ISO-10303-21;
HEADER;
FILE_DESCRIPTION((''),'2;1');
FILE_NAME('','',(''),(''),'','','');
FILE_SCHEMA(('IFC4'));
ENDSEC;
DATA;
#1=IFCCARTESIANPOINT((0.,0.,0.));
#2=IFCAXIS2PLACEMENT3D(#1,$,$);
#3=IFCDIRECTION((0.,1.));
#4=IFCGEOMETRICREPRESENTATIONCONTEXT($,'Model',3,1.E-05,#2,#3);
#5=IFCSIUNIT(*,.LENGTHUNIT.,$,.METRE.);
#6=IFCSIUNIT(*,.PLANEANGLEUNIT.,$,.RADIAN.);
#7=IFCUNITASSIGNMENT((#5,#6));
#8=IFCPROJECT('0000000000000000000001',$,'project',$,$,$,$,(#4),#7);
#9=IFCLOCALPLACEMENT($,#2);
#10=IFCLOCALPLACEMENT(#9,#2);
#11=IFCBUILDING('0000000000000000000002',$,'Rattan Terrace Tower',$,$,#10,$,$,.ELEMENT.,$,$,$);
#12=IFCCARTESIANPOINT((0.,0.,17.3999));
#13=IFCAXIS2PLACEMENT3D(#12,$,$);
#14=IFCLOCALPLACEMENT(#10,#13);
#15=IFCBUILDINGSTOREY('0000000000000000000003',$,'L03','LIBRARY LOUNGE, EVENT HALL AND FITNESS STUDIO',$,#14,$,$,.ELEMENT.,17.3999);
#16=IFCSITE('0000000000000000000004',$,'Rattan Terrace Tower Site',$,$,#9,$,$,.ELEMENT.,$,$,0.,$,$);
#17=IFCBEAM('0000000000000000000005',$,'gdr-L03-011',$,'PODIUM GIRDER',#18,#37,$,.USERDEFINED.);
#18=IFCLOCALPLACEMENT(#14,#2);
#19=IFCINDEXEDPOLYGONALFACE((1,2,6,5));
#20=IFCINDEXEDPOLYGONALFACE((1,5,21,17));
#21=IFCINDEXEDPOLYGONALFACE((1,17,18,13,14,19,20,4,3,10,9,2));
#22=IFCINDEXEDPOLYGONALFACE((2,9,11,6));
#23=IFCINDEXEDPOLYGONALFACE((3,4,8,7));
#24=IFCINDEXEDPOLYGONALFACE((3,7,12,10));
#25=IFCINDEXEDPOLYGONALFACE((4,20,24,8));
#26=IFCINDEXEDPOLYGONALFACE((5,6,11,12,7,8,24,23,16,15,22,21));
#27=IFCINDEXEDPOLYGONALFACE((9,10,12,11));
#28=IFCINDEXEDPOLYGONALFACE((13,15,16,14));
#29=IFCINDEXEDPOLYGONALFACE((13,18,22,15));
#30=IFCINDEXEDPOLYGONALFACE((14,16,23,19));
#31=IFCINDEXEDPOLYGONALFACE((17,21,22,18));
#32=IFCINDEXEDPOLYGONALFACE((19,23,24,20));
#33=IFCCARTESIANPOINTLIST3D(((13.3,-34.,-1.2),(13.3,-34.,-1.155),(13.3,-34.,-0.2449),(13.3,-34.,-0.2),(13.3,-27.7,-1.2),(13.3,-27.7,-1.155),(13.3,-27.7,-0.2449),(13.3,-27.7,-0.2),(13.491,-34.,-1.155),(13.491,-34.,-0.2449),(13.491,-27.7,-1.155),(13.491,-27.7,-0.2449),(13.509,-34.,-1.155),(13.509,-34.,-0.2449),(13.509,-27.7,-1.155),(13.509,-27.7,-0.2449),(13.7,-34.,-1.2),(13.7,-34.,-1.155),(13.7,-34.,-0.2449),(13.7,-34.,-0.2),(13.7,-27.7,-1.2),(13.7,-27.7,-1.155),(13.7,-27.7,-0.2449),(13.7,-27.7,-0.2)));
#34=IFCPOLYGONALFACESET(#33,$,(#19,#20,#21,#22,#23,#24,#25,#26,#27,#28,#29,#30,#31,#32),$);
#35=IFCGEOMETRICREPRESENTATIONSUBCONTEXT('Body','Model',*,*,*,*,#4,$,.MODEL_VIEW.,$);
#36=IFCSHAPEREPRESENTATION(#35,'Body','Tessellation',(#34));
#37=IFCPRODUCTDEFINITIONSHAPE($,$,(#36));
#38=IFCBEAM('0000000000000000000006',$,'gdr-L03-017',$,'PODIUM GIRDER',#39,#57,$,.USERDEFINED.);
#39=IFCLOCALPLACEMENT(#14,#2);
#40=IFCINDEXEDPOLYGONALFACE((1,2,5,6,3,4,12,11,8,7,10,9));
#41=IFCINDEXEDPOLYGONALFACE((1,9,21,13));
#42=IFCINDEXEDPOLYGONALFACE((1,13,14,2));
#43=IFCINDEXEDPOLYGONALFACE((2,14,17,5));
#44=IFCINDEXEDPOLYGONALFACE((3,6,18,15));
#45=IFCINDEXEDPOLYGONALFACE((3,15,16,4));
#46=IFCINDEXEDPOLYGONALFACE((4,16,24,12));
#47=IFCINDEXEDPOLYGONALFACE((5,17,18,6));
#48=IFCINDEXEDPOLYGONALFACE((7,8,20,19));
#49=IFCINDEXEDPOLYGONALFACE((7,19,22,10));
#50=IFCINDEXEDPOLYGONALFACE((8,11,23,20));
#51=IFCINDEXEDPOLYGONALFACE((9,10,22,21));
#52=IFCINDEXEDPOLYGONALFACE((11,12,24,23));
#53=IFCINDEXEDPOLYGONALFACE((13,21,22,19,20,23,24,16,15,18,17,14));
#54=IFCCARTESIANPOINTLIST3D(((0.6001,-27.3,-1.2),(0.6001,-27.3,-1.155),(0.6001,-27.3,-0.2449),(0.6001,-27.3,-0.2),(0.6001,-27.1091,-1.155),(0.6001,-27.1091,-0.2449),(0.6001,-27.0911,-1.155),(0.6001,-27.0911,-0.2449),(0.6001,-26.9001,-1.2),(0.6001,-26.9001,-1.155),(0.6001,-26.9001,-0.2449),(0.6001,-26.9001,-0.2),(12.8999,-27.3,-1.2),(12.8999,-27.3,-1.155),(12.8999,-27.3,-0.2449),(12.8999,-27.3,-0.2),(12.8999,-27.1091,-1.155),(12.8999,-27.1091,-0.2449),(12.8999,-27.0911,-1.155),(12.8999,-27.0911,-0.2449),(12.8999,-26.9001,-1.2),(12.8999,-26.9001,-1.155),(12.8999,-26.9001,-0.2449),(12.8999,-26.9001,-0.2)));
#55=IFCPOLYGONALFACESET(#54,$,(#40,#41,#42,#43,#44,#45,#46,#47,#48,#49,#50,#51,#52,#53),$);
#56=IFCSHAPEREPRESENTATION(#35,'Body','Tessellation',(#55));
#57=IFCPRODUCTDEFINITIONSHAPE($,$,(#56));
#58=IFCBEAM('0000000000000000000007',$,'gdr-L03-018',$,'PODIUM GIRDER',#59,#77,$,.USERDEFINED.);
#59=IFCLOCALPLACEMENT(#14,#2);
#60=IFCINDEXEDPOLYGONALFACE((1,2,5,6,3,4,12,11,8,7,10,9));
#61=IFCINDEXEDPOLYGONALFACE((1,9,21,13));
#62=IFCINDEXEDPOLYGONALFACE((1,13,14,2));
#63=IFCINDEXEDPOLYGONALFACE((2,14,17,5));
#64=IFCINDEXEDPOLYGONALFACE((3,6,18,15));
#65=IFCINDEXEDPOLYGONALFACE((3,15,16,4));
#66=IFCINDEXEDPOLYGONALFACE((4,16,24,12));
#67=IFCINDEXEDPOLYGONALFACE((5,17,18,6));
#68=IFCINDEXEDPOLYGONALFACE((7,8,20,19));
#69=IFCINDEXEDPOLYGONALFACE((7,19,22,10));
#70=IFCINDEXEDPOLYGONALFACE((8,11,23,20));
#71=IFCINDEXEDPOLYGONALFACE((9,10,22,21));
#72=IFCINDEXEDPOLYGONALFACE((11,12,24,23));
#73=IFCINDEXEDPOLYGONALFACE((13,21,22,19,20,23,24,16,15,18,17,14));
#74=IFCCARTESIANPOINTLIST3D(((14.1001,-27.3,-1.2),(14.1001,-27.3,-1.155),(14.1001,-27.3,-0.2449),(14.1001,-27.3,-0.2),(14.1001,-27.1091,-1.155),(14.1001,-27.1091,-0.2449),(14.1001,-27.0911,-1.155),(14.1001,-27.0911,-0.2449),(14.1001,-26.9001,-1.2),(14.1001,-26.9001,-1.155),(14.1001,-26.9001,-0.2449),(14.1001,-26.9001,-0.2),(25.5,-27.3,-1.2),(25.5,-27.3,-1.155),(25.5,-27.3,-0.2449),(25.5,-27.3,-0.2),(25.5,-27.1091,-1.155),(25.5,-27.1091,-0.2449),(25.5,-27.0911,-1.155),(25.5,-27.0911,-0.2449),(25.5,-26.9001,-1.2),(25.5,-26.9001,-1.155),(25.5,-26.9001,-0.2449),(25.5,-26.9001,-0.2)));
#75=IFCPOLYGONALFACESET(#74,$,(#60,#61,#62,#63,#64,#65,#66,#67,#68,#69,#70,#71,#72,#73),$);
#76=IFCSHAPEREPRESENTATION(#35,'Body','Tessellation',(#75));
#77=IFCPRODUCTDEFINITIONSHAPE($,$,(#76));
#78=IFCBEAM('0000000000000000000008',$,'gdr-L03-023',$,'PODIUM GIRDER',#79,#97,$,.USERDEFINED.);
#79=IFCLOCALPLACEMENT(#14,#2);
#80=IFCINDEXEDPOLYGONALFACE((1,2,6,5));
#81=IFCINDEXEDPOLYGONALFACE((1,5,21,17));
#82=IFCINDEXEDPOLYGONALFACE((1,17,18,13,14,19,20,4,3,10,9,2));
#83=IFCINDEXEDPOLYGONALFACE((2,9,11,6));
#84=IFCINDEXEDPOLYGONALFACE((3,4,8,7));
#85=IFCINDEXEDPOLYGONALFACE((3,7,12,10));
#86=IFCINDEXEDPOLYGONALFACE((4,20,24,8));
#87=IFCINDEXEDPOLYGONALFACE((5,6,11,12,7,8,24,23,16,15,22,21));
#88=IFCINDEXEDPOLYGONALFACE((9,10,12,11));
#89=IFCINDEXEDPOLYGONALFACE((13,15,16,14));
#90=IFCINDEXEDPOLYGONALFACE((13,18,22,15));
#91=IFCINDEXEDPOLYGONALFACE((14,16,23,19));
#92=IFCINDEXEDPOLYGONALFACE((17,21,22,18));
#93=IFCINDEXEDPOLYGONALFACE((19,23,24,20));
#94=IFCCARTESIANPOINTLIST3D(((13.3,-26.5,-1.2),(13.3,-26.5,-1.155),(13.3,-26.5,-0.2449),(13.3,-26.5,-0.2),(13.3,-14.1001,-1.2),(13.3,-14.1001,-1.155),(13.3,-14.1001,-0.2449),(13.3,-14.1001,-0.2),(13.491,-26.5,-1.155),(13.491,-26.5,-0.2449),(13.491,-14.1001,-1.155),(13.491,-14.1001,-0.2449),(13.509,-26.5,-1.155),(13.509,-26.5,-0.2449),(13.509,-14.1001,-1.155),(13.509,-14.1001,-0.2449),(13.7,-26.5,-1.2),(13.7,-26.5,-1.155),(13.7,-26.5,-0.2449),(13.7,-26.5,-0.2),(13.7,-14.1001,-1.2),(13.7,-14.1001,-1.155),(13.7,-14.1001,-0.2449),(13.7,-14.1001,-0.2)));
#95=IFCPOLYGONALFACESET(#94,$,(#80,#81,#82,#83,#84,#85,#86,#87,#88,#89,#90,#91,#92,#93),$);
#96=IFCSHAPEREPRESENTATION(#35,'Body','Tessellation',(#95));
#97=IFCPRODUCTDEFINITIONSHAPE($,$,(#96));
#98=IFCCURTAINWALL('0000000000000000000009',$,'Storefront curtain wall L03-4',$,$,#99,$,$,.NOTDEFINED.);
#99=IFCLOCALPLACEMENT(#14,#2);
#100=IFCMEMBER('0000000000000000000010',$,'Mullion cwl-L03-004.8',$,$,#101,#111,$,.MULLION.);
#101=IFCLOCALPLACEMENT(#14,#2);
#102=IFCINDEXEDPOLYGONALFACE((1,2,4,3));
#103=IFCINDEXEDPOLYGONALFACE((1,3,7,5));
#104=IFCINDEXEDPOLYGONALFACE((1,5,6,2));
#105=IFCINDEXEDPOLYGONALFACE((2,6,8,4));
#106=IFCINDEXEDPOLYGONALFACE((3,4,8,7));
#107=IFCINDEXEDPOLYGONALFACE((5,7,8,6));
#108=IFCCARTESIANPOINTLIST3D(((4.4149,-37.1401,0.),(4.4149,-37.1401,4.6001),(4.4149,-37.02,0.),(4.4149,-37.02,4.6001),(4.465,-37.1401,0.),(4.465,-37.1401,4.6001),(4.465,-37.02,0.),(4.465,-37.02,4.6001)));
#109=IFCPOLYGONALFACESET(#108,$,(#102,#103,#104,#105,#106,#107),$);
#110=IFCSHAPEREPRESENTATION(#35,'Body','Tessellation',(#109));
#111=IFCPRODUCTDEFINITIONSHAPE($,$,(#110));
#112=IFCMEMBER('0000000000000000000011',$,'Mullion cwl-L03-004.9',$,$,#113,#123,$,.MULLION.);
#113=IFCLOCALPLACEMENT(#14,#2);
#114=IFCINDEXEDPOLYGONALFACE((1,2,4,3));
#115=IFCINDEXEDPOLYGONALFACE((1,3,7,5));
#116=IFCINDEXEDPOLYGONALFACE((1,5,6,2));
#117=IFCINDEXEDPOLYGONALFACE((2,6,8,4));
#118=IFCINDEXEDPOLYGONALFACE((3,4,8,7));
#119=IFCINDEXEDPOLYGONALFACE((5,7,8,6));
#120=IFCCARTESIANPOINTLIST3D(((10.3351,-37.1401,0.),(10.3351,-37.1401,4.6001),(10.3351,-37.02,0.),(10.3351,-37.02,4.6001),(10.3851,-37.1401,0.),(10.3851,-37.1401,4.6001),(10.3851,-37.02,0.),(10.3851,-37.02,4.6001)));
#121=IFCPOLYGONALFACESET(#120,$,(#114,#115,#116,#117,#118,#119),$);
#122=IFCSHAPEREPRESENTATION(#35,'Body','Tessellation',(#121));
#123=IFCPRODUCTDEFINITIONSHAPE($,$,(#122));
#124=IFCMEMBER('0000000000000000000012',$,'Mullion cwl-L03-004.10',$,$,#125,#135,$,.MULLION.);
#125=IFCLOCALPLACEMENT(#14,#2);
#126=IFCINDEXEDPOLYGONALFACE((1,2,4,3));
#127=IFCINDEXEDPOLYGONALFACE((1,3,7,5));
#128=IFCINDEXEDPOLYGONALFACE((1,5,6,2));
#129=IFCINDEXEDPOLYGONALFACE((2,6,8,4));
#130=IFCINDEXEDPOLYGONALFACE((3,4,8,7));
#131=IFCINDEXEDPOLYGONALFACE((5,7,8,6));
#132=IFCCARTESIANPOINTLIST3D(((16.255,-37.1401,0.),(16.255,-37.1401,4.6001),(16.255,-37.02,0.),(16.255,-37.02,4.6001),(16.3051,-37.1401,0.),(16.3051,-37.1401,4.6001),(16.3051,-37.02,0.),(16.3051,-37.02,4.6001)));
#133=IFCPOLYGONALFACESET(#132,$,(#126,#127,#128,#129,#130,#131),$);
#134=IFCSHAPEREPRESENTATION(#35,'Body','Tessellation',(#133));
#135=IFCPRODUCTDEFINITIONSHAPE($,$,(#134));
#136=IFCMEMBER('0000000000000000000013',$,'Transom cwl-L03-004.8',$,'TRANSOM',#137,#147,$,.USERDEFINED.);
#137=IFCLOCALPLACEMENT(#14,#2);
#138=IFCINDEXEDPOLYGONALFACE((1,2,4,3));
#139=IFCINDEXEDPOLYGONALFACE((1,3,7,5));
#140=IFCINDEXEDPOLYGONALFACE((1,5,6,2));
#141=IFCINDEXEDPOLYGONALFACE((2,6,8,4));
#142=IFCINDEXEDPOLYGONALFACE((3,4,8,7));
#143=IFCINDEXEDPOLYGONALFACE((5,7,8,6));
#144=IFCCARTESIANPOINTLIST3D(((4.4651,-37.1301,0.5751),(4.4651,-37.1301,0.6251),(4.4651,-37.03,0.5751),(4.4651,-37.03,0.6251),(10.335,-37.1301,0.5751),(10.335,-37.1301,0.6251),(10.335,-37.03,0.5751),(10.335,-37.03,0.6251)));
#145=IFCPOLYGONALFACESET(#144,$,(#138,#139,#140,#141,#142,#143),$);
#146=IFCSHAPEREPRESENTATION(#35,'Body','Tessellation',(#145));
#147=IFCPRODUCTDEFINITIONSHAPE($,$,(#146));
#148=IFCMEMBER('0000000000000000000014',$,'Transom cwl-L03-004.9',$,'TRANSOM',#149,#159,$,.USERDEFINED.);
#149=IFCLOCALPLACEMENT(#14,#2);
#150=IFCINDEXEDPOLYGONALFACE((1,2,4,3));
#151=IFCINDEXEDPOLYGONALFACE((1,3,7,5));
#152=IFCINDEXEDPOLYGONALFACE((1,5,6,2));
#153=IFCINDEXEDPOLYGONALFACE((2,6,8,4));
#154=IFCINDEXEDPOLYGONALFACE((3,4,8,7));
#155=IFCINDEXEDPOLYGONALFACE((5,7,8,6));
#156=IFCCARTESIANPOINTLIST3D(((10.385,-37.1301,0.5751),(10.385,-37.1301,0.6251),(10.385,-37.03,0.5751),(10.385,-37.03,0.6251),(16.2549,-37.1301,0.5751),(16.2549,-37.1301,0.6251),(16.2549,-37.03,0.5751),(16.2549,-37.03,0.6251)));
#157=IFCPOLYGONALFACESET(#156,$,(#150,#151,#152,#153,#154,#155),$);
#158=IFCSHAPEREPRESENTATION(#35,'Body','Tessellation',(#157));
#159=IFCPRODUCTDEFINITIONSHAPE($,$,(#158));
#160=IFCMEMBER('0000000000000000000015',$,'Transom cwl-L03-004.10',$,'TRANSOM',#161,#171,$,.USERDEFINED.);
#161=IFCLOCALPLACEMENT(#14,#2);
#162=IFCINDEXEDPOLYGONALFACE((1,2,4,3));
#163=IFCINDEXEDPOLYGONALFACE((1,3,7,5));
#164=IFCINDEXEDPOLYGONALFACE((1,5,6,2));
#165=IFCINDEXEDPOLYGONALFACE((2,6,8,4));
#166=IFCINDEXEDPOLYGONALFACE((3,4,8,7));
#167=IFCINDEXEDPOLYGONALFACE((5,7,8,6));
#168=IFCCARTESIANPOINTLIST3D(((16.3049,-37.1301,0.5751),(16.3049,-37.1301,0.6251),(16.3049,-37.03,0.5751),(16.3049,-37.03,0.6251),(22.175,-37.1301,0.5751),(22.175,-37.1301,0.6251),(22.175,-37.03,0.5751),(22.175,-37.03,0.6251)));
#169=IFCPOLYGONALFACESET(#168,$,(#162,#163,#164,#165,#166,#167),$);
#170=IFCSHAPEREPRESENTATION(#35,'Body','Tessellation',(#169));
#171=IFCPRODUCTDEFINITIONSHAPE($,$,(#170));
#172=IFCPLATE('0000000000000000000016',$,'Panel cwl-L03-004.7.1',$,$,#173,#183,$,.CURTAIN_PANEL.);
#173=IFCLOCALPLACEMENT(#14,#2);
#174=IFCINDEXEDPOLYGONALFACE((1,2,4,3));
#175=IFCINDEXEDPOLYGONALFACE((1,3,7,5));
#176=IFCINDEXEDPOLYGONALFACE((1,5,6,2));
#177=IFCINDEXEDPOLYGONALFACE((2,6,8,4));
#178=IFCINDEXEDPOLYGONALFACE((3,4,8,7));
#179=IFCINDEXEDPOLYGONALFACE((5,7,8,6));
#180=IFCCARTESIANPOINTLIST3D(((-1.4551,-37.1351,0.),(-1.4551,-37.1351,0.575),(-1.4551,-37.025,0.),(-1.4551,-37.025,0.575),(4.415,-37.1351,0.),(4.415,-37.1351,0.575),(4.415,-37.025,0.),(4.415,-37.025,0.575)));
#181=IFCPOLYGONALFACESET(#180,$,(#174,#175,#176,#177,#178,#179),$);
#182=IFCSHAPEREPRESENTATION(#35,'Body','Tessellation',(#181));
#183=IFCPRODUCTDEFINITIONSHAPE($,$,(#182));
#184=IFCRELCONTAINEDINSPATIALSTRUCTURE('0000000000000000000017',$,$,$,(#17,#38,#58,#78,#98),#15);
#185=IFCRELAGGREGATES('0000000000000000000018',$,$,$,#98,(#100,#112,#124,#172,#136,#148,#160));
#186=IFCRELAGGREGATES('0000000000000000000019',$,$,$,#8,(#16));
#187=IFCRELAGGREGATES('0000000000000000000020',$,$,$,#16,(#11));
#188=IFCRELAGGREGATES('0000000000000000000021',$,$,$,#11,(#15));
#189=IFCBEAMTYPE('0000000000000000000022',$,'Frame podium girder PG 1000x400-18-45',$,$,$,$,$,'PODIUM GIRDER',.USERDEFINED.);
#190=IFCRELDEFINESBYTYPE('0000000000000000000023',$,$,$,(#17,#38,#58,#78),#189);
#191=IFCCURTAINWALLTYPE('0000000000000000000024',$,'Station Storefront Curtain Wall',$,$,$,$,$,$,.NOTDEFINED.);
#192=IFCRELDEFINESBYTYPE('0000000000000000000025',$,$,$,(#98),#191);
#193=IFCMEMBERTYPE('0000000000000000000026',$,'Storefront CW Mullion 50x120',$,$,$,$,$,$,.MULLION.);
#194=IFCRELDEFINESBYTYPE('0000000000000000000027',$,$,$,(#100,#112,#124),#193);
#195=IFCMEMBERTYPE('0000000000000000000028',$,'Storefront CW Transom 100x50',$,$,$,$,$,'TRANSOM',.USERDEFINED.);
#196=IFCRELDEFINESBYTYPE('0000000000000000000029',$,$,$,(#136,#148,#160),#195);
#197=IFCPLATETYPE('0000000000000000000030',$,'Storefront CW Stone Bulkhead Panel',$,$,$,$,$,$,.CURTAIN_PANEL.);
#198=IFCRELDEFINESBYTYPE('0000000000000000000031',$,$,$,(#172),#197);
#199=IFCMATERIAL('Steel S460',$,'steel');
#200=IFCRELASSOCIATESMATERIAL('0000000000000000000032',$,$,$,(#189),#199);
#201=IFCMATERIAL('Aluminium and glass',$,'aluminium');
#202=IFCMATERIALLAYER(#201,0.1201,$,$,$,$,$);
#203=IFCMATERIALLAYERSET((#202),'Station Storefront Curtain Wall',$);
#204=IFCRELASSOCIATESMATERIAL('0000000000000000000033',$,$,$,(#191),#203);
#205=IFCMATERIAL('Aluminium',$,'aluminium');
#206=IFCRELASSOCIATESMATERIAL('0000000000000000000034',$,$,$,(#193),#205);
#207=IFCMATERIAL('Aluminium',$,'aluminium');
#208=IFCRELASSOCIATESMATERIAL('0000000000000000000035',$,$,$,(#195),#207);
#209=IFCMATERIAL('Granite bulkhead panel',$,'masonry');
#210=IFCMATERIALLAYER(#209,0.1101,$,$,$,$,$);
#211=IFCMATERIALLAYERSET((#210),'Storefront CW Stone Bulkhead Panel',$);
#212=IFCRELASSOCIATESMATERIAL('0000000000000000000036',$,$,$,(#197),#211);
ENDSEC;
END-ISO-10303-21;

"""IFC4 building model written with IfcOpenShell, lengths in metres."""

from ifc_helpers import new_model, si_unit, direction, frame, origin, origin_2d, place, context, subcontext, project, spatial, rectangle, i_section, extrude, material, layer, layer_set, material_profile, profile_set, type_object, element, aggregate, save


model = new_model("IFC4")

# Units and contexts
model_context = context("Model", 3, precision=1e-05, world=origin(), true_north=direction((0.0, 1.0)))
body_context = subcontext(model_context, "Body", "Model", "MODEL_VIEW")
ifc_project = project(units=[si_unit("LENGTHUNIT", "METRE"), si_unit("PLANEANGLEUNIT", "RADIAN")], contexts=[model_context])

# Site, building, storey
site_placement = place(None, origin())
site = spatial("IfcSite", under=ifc_project, at=site_placement, Name="Rattan Terrace Tower Site", CompositionType="ELEMENT", RefElevation=0.0)
building_placement = place(site_placement, origin())
building = spatial("IfcBuilding", under=site, at=building_placement, Name="Rattan Terrace Tower", CompositionType="ELEMENT")
storey_placement = place(building_placement, frame((0.0, 0.0, 17.3999)))
storey = spatial("IfcBuildingStorey", under=building, at=storey_placement, Name="L03", Description="LIBRARY LOUNGE, EVENT HALL AND FITNESS STUDIO", CompositionType="ELEMENT", Elevation=17.3999)

# Beams
ifc_material_1 = material(Name="Steel S460", Category="steel")
ifc_material_profile_1 = material_profile(ifc_material_1, i_section(OverallWidth=0.3999, OverallDepth=1.0, WebThickness=0.0181, FlangeThickness=0.0449, at=origin_2d()), Name="PG 1000x400-18-45")
ifc_profile_set_1 = profile_set([ifc_material_profile_1], Name="Steel S460")
beam_type_1 = type_object("IfcBeamType", Name="Frame podium girder PG 1000x400-18-45", ElementType="PODIUM GIRDER", PredefinedType="USERDEFINED", material=ifc_profile_set_1)
beam_1_placement = place(storey_placement, frame((13.5, -34.0, -0.7), z_axis=(0.0, 1.0, 0.0), x_axis=(-1.0, 0.0, 0.0)))
element("IfcBeam", 1, at=beam_1_placement, inside=storey, type_object=beam_type_1, Name="gdr-L03-011", ObjectType="PODIUM GIRDER", PredefinedType="USERDEFINED", context=body_context, shape_type="SweptSolid", body=[
    extrude(i_section(OverallWidth=0.3999, OverallDepth=1.0, WebThickness=0.0181, FlangeThickness=0.0449, at=origin_2d()), origin(), (0.0, 0.0, 1.0), 6.3),
])
beam_2_placement = place(storey_placement, frame((0.6001, -27.1001, -0.7), z_axis=(1.0, 0.0, 0.0), x_axis=(0.0, 1.0, 0.0)))
element("IfcBeam", 2, at=beam_2_placement, inside=storey, type_object=beam_type_1, Name="gdr-L03-017", ObjectType="PODIUM GIRDER", PredefinedType="USERDEFINED", context=body_context, shape_type="SweptSolid", body=[
    extrude(i_section(OverallWidth=0.3999, OverallDepth=1.0, WebThickness=0.0181, FlangeThickness=0.0449, at=origin_2d()), origin(), (0.0, 0.0, 1.0), 12.2998),
])
beam_3_placement = place(storey_placement, frame((14.1001, -27.1001, -0.7), z_axis=(1.0, 0.0, 0.0), x_axis=(0.0, 1.0, 0.0)))
element("IfcBeam", 3, at=beam_3_placement, inside=storey, type_object=beam_type_1, Name="gdr-L03-018", ObjectType="PODIUM GIRDER", PredefinedType="USERDEFINED", context=body_context, shape_type="SweptSolid", body=[
    extrude(i_section(OverallWidth=0.3999, OverallDepth=1.0, WebThickness=0.0181, FlangeThickness=0.0449, at=origin_2d()), origin(), (0.0, 0.0, 1.0), 11.3999),
])
beam_4_placement = place(storey_placement, frame((13.5, -26.5, -0.7), z_axis=(0.0, 1.0, 0.0), x_axis=(-1.0, 0.0, 0.0)))
element("IfcBeam", 4, at=beam_4_placement, inside=storey, type_object=beam_type_1, Name="gdr-L03-023", ObjectType="PODIUM GIRDER", PredefinedType="USERDEFINED", context=body_context, shape_type="SweptSolid", body=[
    extrude(i_section(OverallWidth=0.3999, OverallDepth=1.0, WebThickness=0.0181, FlangeThickness=0.0449, at=origin_2d()), origin(), (0.0, 0.0, 1.0), 12.3999),
])

# Curtain wall, members, plate
ifc_material_2 = material(Name="Aluminium and glass", Category="aluminium")
ifc_layer_1 = layer(ifc_material_2, 0.1201)
ifc_layer_set_1 = layer_set([ifc_layer_1], Name="Station Storefront Curtain Wall")
curtain_wall_type = type_object("IfcCurtainWallType", Name="Station Storefront Curtain Wall", PredefinedType="NOTDEFINED", material=ifc_layer_set_1)
curtain_wall_placement = place(storey_placement, origin())
curtain_wall = element("IfcCurtainWall", 5, at=curtain_wall_placement, inside=storey, type_object=curtain_wall_type, Name="Storefront curtain wall L03-4", PredefinedType="NOTDEFINED")
ifc_material_3 = material(Name="Aluminium", Category="aluminium")
ifc_material_profile_2 = material_profile(ifc_material_3, rectangle(XDim=0.05, YDim=0.1201, at=origin_2d()), Name="Aluminium 50x120")
ifc_profile_set_2 = profile_set([ifc_material_profile_2], Name="Aluminium")
member_type_1 = type_object("IfcMemberType", Name="Storefront CW Mullion 50x120", PredefinedType="MULLION", material=ifc_profile_set_2)
member_1_placement = place(storey_placement, frame((4.4399, -37.0801, 0.0), z_axis=(0.0, 0.0, 1.0), x_axis=(1.0, 0.0, 0.0)))
member_1 = element("IfcMember", 6, at=member_1_placement, type_object=member_type_1, Name="Mullion cwl-L03-004.8", PredefinedType="MULLION", context=body_context, shape_type="SweptSolid", body=[
    extrude(rectangle(XDim=0.05, YDim=0.1201, at=origin_2d()), origin(), (0.0, 0.0, 1.0), 4.6001),
])
member_2_placement = place(storey_placement, frame((10.3601, -37.0801, 0.0), z_axis=(0.0, 0.0, 1.0), x_axis=(1.0, 0.0, 0.0)))
member_2 = element("IfcMember", 7, at=member_2_placement, type_object=member_type_1, Name="Mullion cwl-L03-004.9", PredefinedType="MULLION", context=body_context, shape_type="SweptSolid", body=[
    extrude(rectangle(XDim=0.05, YDim=0.1201, at=origin_2d()), origin(), (0.0, 0.0, 1.0), 4.6001),
])
member_3_placement = place(storey_placement, frame((16.28, -37.0801, 0.0), z_axis=(0.0, 0.0, 1.0), x_axis=(1.0, 0.0, 0.0)))
member_3 = element("IfcMember", 8, at=member_3_placement, type_object=member_type_1, Name="Mullion cwl-L03-004.10", PredefinedType="MULLION", context=body_context, shape_type="SweptSolid", body=[
    extrude(rectangle(XDim=0.05, YDim=0.1201, at=origin_2d()), origin(), (0.0, 0.0, 1.0), 4.6001),
])
ifc_material_4 = material(Name="Aluminium", Category="aluminium")
ifc_material_profile_3 = material_profile(ifc_material_4, rectangle(XDim=0.1001, YDim=0.05, at=origin_2d()), Name="Aluminium 100x50")
ifc_profile_set_3 = profile_set([ifc_material_profile_3], Name="Aluminium")
member_type_2 = type_object("IfcMemberType", Name="Storefront CW Transom 100x50", ElementType="TRANSOM", PredefinedType="USERDEFINED", material=ifc_profile_set_3)
member_4_placement = place(storey_placement, frame((4.4651, -37.0801, 0.6001), z_axis=(1.0, 0.0, 0.0), x_axis=(0.0, 1.0, 0.0)))
member_4 = element("IfcMember", 9, at=member_4_placement, type_object=member_type_2, Name="Transom cwl-L03-004.8", ObjectType="TRANSOM", PredefinedType="USERDEFINED", context=body_context, shape_type="SweptSolid", body=[
    extrude(rectangle(XDim=0.1001, YDim=0.05, at=origin_2d()), origin(), (0.0, 0.0, 1.0), 5.8699),
])
member_5_placement = place(storey_placement, frame((10.385, -37.0801, 0.6001), z_axis=(1.0, 0.0, 0.0), x_axis=(0.0, 1.0, 0.0)))
member_5 = element("IfcMember", 10, at=member_5_placement, type_object=member_type_2, Name="Transom cwl-L03-004.9", ObjectType="TRANSOM", PredefinedType="USERDEFINED", context=body_context, shape_type="SweptSolid", body=[
    extrude(rectangle(XDim=0.1001, YDim=0.05, at=origin_2d()), origin(), (0.0, 0.0, 1.0), 5.8699),
])
member_6_placement = place(storey_placement, frame((16.3049, -37.0801, 0.6001), z_axis=(1.0, 0.0, 0.0), x_axis=(0.0, 1.0, 0.0)))
member_6 = element("IfcMember", 11, at=member_6_placement, type_object=member_type_2, Name="Transom cwl-L03-004.10", ObjectType="TRANSOM", PredefinedType="USERDEFINED", context=body_context, shape_type="SweptSolid", body=[
    extrude(rectangle(XDim=0.1001, YDim=0.05, at=origin_2d()), origin(), (0.0, 0.0, 1.0), 5.8701),
])
ifc_material_5 = material(Name="Granite bulkhead panel", Category="masonry")
ifc_layer_2 = layer(ifc_material_5, 0.1101)
ifc_layer_set_2 = layer_set([ifc_layer_2], Name="Storefront CW Stone Bulkhead Panel")
plate_type_1 = type_object("IfcPlateType", Name="Storefront CW Stone Bulkhead Panel", PredefinedType="CURTAIN_PANEL", material=ifc_layer_set_2)
plate_1_placement = place(storey_placement, frame((1.48, -37.0801, 0.0), z_axis=(0.0, 0.0, 1.0), x_axis=(1.0, 0.0, 0.0)))
plate_1 = element("IfcPlate", 12, at=plate_1_placement, type_object=plate_type_1, Name="Panel cwl-L03-004.7.1", PredefinedType="CURTAIN_PANEL", context=body_context, shape_type="SweptSolid", body=[
    extrude(rectangle(XDim=5.8701, YDim=0.1101, at=origin_2d()), origin(), (0.0, 0.0, 1.0), 0.575),
])
aggregate(curtain_wall, [member_1, member_2, member_3, plate_1, member_4, member_5, member_6])

save(model, "model.ifc")
